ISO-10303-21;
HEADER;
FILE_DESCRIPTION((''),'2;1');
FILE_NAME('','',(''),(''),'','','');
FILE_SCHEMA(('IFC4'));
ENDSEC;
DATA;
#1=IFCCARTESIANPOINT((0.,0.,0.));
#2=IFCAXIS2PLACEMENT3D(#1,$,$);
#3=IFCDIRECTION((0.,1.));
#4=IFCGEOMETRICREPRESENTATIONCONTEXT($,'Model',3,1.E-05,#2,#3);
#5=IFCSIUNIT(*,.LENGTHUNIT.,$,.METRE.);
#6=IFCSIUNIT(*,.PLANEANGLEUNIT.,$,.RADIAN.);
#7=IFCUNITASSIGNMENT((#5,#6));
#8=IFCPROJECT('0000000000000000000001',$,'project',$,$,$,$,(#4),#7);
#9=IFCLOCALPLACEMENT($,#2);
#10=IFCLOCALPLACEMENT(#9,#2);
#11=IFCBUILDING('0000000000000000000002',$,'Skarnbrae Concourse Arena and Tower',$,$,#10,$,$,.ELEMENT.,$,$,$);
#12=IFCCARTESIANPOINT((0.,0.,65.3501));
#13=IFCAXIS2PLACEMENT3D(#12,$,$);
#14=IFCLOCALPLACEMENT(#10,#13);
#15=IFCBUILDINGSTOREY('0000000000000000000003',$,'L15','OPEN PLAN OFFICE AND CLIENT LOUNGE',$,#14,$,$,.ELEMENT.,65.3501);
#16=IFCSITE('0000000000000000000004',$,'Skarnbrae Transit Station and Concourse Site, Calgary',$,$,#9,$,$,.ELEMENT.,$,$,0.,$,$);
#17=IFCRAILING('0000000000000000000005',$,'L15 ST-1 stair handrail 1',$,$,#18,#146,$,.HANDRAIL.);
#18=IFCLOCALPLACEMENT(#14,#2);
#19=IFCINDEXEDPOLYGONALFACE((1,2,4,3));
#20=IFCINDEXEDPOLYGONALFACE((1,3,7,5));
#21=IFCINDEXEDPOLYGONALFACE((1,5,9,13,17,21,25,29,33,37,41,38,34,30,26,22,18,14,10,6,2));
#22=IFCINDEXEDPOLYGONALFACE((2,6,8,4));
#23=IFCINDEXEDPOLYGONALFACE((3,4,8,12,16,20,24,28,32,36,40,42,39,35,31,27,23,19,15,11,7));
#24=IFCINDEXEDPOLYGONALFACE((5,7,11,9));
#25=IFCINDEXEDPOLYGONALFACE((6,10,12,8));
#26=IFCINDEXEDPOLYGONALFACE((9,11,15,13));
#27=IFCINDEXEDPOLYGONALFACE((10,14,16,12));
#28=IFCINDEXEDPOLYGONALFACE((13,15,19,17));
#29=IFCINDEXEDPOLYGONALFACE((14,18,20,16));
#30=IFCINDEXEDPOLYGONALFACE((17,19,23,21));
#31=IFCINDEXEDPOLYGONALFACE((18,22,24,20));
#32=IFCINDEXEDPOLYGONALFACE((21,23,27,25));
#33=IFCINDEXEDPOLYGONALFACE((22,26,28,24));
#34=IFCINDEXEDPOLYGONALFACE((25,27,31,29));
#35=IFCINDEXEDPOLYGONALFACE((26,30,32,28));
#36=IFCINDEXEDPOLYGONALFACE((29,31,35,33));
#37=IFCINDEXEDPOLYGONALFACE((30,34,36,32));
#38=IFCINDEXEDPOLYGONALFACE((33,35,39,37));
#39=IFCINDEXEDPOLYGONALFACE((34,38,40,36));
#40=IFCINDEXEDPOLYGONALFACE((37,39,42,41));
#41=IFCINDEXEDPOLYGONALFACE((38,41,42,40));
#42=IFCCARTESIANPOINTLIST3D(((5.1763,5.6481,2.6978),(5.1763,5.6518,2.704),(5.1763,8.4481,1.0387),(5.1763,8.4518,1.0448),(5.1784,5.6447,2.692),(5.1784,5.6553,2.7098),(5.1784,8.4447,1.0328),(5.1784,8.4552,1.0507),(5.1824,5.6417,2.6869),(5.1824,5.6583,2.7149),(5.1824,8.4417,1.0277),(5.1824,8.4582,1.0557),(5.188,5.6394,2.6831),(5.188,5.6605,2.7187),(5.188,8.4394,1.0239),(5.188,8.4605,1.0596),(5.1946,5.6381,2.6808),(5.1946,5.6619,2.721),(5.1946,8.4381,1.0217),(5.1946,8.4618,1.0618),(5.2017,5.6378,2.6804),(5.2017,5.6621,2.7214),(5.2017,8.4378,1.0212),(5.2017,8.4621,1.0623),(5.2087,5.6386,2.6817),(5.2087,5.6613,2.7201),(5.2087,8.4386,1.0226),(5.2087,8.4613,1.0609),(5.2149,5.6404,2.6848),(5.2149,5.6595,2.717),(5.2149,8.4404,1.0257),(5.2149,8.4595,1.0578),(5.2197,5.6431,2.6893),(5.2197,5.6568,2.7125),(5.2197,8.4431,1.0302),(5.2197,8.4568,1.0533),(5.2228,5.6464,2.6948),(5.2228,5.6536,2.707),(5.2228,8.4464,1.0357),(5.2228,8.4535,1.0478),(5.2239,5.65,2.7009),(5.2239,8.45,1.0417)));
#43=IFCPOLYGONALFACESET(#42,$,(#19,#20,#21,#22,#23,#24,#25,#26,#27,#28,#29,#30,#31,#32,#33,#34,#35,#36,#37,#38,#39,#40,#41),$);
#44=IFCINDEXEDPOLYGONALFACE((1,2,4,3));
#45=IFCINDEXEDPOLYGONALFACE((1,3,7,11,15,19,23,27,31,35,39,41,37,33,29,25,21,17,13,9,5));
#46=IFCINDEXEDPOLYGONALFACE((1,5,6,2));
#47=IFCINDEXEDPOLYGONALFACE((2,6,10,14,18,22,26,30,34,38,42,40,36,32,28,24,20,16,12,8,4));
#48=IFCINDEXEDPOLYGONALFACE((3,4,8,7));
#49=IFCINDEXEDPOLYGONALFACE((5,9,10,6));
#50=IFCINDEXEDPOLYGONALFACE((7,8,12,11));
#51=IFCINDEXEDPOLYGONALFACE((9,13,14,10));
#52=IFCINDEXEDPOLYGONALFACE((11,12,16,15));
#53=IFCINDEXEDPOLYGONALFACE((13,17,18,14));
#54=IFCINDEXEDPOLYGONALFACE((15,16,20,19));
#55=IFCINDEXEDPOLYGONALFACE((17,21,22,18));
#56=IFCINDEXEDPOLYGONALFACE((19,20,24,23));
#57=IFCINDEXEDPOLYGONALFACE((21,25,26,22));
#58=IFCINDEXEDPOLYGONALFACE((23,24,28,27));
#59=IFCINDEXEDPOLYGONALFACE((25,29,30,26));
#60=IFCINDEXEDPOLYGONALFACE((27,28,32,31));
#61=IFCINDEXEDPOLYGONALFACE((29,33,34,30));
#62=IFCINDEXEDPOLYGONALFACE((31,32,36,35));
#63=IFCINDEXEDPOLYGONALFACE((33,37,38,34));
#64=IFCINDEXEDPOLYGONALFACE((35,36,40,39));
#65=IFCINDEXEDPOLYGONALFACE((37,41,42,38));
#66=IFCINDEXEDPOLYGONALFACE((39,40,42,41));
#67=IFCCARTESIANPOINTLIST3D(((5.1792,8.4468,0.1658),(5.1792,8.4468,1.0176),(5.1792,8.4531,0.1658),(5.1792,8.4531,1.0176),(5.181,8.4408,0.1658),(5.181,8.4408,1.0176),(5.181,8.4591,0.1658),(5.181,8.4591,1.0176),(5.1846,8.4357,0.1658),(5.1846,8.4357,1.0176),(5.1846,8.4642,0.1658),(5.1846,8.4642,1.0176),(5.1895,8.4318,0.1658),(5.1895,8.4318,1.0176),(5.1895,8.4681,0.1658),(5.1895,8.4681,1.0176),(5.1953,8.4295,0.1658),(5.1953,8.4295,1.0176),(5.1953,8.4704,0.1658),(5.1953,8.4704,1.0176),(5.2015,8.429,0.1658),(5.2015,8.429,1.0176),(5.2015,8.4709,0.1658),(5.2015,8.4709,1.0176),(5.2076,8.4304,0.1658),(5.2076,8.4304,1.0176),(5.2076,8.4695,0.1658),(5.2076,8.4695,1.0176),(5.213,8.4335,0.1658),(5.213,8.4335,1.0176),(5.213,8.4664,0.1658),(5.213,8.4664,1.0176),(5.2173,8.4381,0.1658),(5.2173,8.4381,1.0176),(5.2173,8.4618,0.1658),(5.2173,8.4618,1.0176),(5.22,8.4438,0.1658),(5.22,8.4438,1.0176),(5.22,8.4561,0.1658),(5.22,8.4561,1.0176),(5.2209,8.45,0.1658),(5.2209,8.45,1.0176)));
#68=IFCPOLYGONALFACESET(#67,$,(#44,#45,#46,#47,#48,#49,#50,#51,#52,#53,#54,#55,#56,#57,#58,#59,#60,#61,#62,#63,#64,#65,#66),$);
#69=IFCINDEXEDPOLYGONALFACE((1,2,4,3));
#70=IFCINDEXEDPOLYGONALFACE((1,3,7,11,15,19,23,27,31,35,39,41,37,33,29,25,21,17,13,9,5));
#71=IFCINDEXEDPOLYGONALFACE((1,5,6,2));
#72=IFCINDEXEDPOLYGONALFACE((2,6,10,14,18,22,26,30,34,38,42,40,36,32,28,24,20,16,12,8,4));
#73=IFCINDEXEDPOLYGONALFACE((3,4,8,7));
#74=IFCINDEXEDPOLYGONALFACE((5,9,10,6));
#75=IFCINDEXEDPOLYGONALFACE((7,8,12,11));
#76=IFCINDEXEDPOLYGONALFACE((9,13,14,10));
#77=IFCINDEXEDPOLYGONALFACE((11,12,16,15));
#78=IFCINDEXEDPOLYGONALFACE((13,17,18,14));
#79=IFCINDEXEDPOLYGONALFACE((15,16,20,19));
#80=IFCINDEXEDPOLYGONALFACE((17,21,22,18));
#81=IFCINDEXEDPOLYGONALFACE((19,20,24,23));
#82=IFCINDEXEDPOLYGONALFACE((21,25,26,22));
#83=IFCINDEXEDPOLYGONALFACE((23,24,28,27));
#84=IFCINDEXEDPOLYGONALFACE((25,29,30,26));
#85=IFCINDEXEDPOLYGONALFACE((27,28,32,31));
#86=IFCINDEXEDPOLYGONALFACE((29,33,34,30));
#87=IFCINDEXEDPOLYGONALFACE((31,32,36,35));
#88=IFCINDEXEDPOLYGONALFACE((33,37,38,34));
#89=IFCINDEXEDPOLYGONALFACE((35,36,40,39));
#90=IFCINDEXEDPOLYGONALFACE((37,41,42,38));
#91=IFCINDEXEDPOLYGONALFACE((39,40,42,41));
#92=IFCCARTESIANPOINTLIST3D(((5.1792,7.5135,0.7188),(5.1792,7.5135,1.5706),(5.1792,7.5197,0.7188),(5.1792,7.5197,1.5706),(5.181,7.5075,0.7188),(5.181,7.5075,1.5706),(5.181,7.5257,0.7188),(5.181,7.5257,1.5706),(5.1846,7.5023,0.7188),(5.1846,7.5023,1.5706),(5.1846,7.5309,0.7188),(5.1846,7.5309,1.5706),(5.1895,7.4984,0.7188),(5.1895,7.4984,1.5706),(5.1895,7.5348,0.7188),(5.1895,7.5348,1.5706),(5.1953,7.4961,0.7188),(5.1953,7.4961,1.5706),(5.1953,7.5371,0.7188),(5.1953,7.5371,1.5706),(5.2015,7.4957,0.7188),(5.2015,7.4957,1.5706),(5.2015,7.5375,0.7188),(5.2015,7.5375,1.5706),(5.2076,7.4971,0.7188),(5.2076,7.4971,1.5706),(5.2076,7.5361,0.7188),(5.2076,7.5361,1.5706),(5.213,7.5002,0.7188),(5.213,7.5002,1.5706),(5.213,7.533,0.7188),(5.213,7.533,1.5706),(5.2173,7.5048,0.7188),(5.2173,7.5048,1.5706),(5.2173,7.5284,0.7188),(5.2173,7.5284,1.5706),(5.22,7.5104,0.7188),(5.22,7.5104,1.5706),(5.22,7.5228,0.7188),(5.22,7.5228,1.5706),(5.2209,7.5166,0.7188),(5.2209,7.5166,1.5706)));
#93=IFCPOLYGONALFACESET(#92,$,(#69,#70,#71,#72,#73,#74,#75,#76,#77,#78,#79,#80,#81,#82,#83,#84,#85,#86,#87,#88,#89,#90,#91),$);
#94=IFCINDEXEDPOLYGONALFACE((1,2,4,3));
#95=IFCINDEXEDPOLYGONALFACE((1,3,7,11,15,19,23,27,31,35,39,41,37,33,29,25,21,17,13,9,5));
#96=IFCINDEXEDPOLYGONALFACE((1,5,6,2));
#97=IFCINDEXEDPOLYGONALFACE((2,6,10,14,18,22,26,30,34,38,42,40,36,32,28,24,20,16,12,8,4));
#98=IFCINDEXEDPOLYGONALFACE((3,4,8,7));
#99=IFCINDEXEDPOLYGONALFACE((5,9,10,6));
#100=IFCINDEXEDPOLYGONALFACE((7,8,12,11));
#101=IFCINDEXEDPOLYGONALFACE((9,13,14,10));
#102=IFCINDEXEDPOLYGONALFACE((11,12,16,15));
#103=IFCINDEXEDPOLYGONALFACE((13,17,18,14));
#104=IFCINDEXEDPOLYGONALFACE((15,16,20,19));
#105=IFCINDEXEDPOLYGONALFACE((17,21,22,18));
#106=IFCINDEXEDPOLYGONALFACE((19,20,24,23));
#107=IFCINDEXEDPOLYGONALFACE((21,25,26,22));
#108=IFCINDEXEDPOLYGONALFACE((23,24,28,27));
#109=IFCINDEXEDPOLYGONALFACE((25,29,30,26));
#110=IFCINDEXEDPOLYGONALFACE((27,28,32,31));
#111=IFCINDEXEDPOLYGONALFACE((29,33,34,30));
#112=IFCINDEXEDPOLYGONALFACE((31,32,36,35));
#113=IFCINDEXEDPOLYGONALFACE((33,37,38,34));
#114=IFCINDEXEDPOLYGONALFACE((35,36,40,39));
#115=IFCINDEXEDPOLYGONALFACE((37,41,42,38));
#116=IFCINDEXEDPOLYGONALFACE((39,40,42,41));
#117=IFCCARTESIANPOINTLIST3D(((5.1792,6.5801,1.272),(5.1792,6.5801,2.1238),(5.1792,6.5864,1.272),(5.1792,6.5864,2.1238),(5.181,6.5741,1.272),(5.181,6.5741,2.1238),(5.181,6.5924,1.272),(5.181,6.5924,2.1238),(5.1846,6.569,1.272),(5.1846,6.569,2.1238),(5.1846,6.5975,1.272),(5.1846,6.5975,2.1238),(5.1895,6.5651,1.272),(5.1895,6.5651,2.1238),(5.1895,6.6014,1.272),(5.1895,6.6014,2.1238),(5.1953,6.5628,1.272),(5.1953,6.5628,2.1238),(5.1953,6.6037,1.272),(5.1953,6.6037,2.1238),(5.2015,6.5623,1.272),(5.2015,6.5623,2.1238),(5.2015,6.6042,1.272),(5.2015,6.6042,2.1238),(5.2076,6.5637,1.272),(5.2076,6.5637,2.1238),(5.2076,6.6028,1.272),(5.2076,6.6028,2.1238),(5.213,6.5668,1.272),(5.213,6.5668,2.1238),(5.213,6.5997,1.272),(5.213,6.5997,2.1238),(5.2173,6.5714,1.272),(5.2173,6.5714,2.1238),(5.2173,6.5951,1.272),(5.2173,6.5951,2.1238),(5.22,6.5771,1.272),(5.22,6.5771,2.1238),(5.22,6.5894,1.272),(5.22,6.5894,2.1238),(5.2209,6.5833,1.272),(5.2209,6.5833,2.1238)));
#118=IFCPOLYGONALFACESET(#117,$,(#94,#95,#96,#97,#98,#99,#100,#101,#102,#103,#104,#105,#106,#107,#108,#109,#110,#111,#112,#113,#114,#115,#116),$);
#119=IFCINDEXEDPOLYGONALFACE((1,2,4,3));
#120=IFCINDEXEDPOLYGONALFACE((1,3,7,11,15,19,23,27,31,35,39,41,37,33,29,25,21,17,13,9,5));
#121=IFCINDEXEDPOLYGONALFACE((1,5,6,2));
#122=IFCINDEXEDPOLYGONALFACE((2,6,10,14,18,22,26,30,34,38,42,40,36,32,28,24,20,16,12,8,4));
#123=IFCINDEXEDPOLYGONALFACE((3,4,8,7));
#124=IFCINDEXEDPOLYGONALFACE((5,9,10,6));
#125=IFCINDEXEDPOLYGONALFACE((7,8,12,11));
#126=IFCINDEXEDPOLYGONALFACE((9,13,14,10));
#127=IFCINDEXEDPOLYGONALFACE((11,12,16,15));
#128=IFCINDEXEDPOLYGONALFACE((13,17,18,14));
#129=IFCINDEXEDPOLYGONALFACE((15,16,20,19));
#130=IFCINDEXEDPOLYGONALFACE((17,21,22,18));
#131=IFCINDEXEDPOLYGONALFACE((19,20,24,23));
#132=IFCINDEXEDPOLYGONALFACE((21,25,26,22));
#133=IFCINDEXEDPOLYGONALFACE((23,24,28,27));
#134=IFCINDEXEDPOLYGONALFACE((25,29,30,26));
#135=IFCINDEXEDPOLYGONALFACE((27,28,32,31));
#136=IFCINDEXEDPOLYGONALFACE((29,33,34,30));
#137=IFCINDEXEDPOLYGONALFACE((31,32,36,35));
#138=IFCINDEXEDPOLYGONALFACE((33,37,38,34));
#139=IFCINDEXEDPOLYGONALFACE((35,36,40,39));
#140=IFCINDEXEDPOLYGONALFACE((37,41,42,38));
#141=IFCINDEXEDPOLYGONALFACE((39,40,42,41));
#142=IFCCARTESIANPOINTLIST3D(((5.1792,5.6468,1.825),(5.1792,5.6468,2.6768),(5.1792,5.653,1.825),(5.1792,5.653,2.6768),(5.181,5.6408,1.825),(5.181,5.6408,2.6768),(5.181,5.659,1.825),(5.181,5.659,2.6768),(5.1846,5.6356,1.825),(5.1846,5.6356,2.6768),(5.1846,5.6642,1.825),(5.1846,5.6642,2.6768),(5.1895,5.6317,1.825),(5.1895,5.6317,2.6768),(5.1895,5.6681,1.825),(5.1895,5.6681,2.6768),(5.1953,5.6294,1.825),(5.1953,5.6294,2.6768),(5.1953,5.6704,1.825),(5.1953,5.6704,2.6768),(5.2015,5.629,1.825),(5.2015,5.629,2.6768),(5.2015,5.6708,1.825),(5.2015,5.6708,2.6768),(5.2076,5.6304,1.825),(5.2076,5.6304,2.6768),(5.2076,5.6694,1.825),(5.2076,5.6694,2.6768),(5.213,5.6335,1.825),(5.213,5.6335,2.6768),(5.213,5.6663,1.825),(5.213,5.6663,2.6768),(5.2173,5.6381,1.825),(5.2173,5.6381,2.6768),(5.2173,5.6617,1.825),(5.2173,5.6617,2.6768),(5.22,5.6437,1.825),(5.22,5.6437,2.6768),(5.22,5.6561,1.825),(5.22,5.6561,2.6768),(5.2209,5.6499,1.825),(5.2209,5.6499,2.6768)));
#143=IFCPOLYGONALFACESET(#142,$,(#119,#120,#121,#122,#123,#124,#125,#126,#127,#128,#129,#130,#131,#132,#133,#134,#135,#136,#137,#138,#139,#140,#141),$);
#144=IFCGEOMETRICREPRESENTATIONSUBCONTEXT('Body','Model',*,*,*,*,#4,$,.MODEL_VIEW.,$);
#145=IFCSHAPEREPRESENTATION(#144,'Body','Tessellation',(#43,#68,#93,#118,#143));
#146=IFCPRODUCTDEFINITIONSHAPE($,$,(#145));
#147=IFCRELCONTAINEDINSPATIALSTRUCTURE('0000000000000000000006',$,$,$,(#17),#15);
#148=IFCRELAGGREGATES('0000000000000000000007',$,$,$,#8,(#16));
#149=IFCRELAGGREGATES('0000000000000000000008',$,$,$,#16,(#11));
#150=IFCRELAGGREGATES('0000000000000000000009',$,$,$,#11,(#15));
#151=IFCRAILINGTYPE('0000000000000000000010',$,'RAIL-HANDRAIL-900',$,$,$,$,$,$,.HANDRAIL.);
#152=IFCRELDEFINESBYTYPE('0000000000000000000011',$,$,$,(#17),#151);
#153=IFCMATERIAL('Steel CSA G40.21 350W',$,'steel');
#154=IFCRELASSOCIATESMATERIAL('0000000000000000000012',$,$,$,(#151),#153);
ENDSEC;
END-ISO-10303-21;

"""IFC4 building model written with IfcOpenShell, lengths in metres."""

from ifc_helpers import new_model, si_unit, direction, frame, origin, origin_2d, place, context, subcontext, project, spatial, circle, extrude, material, type_object, element, save


model = new_model("IFC4")

# Units and contexts
model_context = context("Model", 3, precision=1e-05, world=origin(), true_north=direction((0.0, 1.0)))
body_context = subcontext(model_context, "Body", "Model", "MODEL_VIEW")
ifc_project = project(units=[si_unit("LENGTHUNIT", "METRE"), si_unit("PLANEANGLEUNIT", "RADIAN")], contexts=[model_context])

# Site, building, storey
site_placement = place(None, origin())
site = spatial("IfcSite", under=ifc_project, at=site_placement, Name="Skarnbrae Transit Station and Concourse Site, Calgary", CompositionType="ELEMENT", RefElevation=0.0)
building_placement = place(site_placement, origin())
building = spatial("IfcBuilding", under=site, at=building_placement, Name="Skarnbrae Concourse Arena and Tower", CompositionType="ELEMENT")
storey_placement = place(building_placement, frame((0.0, 0.0, 65.3501)))
storey = spatial("IfcBuildingStorey", under=building, at=storey_placement, Name="L15", Description="OPEN PLAN OFFICE AND CLIENT LOUNGE", CompositionType="ELEMENT", Elevation=65.3501)

# Shared definitions
ifc_material_1 = material(Name="Steel CSA G40.21 350W", Category="steel")

# Railing
railing_type_1 = type_object("IfcRailingType", Name="RAIL-HANDRAIL-900", PredefinedType="HANDRAIL", material=ifc_material_1)
railing_1_placement = place(storey_placement, frame((5.2, 8.45, 0.1658)))
element("IfcRailing", 1, at=railing_1_placement, inside=storey, type_object=railing_type_1, Name="L15 ST-1 stair handrail 1", PredefinedType="HANDRAIL", context=body_context, shape_type="SweptSolid", body=[
    extrude(circle(Radius=0.0239, at=origin_2d()), frame((0.0, 0.0, 0.876), z_axis=(0.0, -0.860306, 0.509778), x_axis=(1.0, 0.0, 0.0)), (0.0, 0.0, 1.0), 3.2546),
    extrude(circle(Radius=0.021, at=origin_2d()), origin(), (0.0, 0.0, 1.0), 0.8518),
    extrude(circle(Radius=0.021, at=origin_2d()), frame((0.0, -0.9333, 0.553)), (0.0, 0.0, 1.0), 0.8518),
    extrude(circle(Radius=0.021, at=origin_2d()), frame((0.0, -1.8667, 1.1062)), (0.0, 0.0, 1.0), 0.8518),
    extrude(circle(Radius=0.021, at=origin_2d()), frame((0.0, -2.8, 1.6592)), (0.0, 0.0, 1.0), 0.8518),
])

save(model, "model.ifc")
